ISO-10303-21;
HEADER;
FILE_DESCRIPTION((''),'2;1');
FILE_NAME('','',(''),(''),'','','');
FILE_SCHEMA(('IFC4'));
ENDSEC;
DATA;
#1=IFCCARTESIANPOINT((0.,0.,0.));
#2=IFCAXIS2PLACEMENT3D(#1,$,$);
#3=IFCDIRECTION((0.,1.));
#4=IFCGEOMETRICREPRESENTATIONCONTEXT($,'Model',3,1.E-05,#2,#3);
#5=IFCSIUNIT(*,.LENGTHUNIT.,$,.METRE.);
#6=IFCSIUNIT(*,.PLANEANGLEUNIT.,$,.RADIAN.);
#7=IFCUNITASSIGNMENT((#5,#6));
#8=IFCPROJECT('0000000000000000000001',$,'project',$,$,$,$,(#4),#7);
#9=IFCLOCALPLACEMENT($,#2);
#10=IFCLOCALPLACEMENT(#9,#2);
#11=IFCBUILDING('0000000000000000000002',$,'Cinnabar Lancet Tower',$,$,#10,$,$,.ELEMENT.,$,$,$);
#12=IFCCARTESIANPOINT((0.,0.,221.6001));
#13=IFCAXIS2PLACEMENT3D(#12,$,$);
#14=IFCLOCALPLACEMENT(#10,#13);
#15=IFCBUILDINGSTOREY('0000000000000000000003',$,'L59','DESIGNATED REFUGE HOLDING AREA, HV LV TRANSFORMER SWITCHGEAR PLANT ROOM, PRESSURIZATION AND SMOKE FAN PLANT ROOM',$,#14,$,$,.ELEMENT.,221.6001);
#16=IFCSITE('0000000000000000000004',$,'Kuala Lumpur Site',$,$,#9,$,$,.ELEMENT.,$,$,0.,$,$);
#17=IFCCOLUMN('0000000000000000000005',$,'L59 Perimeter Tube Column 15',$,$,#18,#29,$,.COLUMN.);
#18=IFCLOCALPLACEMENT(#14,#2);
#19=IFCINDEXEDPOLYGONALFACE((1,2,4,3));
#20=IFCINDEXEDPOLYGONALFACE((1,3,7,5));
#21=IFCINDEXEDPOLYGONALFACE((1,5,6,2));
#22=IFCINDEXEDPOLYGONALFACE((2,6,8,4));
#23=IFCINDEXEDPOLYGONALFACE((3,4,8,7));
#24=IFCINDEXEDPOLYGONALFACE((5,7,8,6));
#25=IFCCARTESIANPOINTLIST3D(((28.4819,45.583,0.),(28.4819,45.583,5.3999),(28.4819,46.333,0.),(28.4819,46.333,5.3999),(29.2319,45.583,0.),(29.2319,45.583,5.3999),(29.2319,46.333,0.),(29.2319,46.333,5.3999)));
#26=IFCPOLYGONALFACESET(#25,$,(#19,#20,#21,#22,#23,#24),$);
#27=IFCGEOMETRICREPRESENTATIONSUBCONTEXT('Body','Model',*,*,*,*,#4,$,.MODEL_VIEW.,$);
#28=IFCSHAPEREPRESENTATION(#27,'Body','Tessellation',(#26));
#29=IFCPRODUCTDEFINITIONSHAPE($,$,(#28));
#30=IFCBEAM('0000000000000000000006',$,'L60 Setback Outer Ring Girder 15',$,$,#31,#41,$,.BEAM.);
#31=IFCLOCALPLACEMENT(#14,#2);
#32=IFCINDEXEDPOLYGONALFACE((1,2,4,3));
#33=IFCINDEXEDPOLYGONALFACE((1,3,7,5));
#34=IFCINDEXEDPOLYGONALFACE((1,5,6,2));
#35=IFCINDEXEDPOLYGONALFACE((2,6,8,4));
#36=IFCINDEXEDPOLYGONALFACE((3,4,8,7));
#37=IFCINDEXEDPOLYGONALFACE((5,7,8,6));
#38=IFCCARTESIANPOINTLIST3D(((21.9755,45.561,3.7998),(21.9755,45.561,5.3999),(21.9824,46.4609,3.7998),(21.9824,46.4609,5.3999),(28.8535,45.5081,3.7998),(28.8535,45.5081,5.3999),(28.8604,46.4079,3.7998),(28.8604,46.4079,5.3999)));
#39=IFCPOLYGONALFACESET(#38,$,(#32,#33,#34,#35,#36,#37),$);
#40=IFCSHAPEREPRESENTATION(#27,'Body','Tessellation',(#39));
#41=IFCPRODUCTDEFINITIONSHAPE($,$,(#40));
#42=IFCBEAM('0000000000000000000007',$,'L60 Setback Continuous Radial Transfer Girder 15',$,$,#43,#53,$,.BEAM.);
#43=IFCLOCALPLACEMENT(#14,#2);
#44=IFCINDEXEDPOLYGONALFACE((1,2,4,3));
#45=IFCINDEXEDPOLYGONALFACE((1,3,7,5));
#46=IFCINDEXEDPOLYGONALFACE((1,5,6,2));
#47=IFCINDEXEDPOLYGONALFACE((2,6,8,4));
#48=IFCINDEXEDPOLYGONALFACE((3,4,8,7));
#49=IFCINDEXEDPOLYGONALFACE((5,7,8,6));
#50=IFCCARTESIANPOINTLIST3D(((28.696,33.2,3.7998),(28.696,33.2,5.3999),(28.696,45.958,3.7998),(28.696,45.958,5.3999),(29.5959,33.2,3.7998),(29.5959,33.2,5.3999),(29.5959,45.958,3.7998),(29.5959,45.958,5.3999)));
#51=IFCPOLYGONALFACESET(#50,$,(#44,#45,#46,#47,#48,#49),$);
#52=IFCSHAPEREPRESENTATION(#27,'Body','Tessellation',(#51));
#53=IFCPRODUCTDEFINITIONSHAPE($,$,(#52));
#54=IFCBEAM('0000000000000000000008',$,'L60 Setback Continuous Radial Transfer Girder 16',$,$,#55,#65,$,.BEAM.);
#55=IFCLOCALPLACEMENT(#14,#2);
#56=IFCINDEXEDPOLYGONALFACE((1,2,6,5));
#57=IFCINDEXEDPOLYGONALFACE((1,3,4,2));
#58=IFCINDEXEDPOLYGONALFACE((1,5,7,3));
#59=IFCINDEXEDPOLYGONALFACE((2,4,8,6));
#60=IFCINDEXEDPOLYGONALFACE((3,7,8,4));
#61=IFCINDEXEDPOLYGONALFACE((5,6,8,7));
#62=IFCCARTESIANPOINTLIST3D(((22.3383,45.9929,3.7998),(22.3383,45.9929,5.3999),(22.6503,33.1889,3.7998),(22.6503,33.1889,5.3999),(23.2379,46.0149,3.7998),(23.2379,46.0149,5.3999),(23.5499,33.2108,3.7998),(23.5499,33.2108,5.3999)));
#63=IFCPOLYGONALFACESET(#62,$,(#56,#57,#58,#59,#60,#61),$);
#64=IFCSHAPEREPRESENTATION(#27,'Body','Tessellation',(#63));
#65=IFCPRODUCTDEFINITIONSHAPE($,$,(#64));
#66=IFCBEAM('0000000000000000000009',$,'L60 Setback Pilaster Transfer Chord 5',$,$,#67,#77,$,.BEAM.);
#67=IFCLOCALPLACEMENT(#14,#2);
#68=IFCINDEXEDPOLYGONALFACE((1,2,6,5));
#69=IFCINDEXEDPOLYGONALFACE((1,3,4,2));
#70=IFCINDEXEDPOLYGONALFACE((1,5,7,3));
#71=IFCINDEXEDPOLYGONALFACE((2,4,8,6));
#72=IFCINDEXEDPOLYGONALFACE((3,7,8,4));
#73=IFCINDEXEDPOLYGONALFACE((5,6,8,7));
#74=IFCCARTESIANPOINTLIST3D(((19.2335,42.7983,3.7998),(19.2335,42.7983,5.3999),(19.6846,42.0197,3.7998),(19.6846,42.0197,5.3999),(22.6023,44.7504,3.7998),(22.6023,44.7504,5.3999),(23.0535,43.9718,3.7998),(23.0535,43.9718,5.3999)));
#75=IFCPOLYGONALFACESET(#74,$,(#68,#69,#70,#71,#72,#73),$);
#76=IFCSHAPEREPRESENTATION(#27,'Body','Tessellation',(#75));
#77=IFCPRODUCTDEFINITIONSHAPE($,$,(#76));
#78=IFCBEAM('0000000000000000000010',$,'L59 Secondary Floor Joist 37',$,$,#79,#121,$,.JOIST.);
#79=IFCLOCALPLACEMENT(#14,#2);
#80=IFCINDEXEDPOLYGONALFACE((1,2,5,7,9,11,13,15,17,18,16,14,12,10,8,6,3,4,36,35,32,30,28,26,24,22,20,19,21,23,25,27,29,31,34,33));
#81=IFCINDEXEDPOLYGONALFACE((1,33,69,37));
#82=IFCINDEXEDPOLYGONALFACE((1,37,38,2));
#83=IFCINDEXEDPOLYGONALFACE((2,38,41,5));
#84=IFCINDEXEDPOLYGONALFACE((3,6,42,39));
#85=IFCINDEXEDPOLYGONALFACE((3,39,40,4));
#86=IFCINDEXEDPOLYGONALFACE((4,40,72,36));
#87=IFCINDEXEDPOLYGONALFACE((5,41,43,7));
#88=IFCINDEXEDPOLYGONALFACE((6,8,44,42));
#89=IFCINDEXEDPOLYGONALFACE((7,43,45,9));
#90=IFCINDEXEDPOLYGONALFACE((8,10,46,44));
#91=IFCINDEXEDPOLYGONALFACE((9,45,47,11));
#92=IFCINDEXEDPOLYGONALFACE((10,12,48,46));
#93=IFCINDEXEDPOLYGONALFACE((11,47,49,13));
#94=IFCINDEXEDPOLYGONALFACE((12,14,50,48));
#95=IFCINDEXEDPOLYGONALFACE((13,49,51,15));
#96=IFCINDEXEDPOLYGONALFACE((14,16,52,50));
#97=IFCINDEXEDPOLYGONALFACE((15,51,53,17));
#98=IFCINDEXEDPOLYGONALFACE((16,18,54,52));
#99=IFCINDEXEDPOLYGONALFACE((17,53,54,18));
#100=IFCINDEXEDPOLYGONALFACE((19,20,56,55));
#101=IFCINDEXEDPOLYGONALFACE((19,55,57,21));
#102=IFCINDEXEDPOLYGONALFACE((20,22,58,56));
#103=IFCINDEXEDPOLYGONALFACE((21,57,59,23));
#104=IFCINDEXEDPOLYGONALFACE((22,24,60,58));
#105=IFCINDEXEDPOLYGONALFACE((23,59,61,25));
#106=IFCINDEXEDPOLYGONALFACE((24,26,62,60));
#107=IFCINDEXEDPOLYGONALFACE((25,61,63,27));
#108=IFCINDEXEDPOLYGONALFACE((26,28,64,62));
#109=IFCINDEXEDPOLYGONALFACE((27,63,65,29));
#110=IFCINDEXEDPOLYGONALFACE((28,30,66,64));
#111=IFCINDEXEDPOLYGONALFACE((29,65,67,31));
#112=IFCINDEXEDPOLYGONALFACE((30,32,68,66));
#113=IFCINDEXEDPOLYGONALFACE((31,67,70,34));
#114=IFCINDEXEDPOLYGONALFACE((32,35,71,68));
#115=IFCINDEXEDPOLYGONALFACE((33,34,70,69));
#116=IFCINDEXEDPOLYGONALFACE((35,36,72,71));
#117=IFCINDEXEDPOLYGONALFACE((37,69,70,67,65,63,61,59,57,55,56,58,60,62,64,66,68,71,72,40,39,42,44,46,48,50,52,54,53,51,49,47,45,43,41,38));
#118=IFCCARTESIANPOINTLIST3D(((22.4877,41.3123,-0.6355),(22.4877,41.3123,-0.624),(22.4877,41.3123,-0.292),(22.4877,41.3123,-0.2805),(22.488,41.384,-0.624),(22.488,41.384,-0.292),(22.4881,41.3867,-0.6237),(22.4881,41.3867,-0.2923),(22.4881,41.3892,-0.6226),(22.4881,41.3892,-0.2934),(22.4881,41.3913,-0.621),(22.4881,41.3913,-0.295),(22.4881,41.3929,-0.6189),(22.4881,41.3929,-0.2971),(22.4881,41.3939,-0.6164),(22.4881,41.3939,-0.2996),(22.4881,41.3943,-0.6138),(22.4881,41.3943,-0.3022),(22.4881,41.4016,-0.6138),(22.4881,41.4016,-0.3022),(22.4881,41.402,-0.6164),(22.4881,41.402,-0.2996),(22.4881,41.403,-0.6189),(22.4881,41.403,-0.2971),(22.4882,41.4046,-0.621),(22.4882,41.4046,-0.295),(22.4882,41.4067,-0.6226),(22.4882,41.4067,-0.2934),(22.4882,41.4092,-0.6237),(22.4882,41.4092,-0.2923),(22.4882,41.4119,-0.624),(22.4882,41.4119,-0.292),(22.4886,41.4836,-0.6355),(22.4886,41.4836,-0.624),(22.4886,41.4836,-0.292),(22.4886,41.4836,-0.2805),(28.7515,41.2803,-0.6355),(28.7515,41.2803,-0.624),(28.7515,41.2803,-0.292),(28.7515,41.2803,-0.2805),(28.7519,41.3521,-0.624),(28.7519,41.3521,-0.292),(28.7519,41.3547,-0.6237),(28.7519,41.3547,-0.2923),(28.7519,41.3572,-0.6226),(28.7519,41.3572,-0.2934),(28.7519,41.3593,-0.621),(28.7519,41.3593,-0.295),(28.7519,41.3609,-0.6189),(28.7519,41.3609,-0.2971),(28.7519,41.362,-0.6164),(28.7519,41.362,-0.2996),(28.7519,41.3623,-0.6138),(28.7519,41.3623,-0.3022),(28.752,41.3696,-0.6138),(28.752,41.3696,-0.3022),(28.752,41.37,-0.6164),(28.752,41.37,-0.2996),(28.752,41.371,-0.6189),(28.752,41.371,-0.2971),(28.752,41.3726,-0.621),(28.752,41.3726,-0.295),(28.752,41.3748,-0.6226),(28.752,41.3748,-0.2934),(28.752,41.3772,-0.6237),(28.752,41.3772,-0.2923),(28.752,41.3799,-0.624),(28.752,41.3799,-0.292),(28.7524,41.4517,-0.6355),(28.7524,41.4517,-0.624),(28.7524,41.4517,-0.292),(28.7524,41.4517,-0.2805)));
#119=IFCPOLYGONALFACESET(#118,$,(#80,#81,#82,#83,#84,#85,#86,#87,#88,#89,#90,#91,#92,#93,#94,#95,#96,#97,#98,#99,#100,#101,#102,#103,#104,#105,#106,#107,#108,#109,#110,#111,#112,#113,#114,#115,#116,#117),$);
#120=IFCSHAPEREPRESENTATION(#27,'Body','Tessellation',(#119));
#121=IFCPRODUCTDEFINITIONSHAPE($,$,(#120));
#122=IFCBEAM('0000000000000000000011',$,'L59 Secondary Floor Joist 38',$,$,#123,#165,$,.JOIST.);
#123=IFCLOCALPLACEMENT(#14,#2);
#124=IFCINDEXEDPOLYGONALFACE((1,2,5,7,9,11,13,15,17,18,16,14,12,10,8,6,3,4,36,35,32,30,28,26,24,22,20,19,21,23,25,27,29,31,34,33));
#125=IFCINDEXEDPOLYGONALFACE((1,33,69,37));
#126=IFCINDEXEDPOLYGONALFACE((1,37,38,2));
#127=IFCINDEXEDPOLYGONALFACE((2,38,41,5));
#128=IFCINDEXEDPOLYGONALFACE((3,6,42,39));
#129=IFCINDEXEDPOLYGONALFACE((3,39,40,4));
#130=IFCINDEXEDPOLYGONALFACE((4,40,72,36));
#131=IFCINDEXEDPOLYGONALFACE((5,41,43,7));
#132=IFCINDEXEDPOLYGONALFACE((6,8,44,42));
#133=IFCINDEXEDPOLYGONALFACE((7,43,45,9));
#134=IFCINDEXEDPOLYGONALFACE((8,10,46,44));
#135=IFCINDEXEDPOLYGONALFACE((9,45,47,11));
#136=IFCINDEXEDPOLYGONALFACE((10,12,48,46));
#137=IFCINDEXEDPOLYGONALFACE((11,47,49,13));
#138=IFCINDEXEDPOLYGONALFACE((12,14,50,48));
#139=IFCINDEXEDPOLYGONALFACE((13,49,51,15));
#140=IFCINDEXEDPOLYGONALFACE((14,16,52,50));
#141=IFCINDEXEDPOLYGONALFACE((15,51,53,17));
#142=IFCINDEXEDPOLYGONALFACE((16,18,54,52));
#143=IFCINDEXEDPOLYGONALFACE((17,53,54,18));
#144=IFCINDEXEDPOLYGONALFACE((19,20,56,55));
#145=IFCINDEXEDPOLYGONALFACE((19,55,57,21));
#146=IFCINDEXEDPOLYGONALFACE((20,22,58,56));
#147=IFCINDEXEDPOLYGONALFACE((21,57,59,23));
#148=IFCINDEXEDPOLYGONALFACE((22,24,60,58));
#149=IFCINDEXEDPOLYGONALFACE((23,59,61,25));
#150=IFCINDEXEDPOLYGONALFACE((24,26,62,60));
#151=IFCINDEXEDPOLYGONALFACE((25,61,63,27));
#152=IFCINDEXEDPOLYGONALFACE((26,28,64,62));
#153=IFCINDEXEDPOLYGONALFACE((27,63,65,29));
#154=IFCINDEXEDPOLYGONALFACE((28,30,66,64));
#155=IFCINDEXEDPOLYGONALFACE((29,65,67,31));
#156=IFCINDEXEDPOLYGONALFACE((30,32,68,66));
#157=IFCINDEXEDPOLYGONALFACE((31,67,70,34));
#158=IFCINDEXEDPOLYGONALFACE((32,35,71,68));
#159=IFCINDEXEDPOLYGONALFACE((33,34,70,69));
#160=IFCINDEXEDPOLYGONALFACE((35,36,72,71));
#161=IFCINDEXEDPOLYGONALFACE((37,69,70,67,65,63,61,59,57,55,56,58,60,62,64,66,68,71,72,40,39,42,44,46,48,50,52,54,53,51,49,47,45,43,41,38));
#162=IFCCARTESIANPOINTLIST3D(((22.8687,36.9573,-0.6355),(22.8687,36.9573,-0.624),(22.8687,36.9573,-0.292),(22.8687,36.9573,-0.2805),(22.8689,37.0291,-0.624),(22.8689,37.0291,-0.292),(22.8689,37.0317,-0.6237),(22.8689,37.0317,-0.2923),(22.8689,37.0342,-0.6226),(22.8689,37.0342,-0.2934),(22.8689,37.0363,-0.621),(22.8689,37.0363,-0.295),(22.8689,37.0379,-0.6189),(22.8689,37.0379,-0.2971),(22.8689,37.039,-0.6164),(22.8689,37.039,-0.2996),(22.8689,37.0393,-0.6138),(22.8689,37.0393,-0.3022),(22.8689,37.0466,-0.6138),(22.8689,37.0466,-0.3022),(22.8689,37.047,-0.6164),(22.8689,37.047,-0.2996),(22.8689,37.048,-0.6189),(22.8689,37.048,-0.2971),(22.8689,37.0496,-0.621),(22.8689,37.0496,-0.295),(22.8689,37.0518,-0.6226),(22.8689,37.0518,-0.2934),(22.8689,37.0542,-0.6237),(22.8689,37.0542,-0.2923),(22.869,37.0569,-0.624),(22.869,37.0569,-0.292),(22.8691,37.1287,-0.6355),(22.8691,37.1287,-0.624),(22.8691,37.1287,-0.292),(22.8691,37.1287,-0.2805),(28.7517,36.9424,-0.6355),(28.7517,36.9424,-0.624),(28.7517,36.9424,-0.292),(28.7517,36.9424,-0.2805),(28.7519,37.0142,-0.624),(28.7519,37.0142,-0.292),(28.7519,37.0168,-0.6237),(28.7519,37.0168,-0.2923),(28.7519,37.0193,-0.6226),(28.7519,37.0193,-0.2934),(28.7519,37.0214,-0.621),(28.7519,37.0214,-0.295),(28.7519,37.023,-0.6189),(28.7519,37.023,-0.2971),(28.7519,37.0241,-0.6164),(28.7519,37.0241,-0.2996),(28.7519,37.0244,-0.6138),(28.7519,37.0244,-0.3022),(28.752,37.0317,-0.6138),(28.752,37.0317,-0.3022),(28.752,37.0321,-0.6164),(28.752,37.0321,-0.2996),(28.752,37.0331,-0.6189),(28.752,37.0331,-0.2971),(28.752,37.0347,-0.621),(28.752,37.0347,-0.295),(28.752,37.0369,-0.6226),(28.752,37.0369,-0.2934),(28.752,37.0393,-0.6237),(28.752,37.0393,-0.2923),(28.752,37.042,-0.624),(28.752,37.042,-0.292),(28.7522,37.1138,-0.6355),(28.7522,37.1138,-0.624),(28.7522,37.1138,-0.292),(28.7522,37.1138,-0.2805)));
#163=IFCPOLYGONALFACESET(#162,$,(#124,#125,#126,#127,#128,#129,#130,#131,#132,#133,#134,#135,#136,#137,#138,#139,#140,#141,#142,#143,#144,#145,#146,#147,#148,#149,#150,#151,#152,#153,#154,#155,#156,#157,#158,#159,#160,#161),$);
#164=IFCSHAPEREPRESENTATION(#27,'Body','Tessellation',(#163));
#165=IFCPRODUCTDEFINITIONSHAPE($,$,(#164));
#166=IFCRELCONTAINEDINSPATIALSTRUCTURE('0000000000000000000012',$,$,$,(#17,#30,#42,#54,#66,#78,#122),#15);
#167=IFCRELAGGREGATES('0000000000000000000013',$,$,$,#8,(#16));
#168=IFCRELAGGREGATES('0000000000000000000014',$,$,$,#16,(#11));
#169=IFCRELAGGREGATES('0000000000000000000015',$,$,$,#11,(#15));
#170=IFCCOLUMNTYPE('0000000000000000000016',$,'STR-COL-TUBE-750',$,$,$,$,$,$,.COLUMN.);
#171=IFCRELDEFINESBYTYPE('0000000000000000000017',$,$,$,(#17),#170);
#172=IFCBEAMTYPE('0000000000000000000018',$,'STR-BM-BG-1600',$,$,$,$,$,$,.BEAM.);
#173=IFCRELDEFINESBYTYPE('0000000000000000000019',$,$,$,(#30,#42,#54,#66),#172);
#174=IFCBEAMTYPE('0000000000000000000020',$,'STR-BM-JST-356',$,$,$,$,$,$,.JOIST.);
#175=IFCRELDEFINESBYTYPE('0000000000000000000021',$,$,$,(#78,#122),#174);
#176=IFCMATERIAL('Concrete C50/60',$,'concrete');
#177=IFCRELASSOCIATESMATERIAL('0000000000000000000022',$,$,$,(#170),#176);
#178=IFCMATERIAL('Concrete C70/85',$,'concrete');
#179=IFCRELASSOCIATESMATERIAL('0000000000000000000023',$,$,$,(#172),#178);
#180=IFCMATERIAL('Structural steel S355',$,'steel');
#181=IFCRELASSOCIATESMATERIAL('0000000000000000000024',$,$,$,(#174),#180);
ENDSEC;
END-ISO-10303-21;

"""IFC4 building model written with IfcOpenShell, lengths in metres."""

from ifc_helpers import new_model, si_unit, direction, frame, origin, origin_2d, place, context, subcontext, project, spatial, rectangle, i_section, extrude, material, material_profile, profile_set, type_object, element, save


model = new_model("IFC4")

# Units and contexts
model_context = context("Model", 3, precision=1e-05, world=origin(), true_north=direction((0.0, 1.0)))
body_context = subcontext(model_context, "Body", "Model", "MODEL_VIEW")
ifc_project = project(units=[si_unit("LENGTHUNIT", "METRE"), si_unit("PLANEANGLEUNIT", "RADIAN")], contexts=[model_context])

# Site, building, storey
site_placement = place(None, origin())
site = spatial("IfcSite", under=ifc_project, at=site_placement, Name="Kuala Lumpur Site", CompositionType="ELEMENT", RefElevation=0.0)
building_placement = place(site_placement, origin())
building = spatial("IfcBuilding", under=site, at=building_placement, Name="Cinnabar Lancet Tower", CompositionType="ELEMENT")
storey_placement = place(building_placement, frame((0.0, 0.0, 221.6001)))
storey = spatial("IfcBuildingStorey", under=building, at=storey_placement, Name="L59", Description="DESIGNATED REFUGE HOLDING AREA, HV LV TRANSFORMER SWITCHGEAR PLANT ROOM, PRESSURIZATION AND SMOKE FAN PLANT ROOM", CompositionType="ELEMENT", Elevation=221.6001)

# Column
ifc_material_1 = material(Name="Concrete C50/60", Category="concrete")
ifc_material_profile_1 = material_profile(ifc_material_1, rectangle(XDim=0.75, YDim=0.75, at=origin_2d()), Name="RC-COL 750x750")
ifc_profile_set_1 = profile_set([ifc_material_profile_1], Name="Concrete C50/60")
column_type = type_object("IfcColumnType", Name="STR-COL-TUBE-750", PredefinedType="COLUMN", material=ifc_profile_set_1)
column_placement = place(storey_placement, frame((28.8569, 45.958, 0.0), z_axis=(0.0, 0.0, 1.0), x_axis=(1.0, 0.0, 0.0)))
element("IfcColumn", 1, at=column_placement, inside=storey, type_object=column_type, Name="L59 Perimeter Tube Column 15", PredefinedType="COLUMN", context=body_context, shape_type="SweptSolid", body=[
    extrude(rectangle(XDim=0.75, YDim=0.75, at=origin_2d()), origin(), (0.0, 0.0, 1.0), 5.3999),
])

# Beams
ifc_material_2 = material(Name="Concrete C70/85", Category="concrete")
ifc_material_profile_2 = material_profile(ifc_material_2, rectangle(XDim=0.8999, YDim=1.6001, at=origin_2d()), Name="RC-BG 900x1600")
ifc_profile_set_2 = profile_set([ifc_material_profile_2], Name="Concrete C70/85")
beam_type_1 = type_object("IfcBeamType", Name="STR-BM-BG-1600", PredefinedType="BEAM", material=ifc_profile_set_2)
beam_1_placement = place(storey_placement, frame((28.8569, 45.958, 4.5999), z_axis=(-0.99997, 0.007702, 0.0), x_axis=(-0.007702, -0.99997, 0.0)))
element("IfcBeam", 2, at=beam_1_placement, inside=storey, type_object=beam_type_1, Name="L60 Setback Outer Ring Girder 15", PredefinedType="BEAM", context=body_context, shape_type="SweptSolid", body=[
    extrude(rectangle(XDim=0.8999, YDim=1.6001, at=origin_2d()), origin(), (0.0, 0.0, 1.0), 6.8782),
])
beam_2_placement = place(storey_placement, frame((29.146, 45.958, 4.5999), z_axis=(0.0, -1.0, 0.0), x_axis=(1.0, 0.0, 0.0)))
element("IfcBeam", 3, at=beam_2_placement, inside=storey, type_object=beam_type_1, Name="L60 Setback Continuous Radial Transfer Girder 15", PredefinedType="BEAM", context=body_context, shape_type="SweptSolid", body=[
    extrude(rectangle(XDim=0.8999, YDim=1.6001, at=origin_2d()), origin(), (0.0, 0.0, 1.0), 12.7581),
])
beam_3_placement = place(storey_placement, frame((22.7881, 46.0039, 4.5999), z_axis=(0.024361, -0.999703, 0.0), x_axis=(0.999703, 0.024361, 0.0)))
element("IfcBeam", 4, at=beam_3_placement, inside=storey, type_object=beam_type_1, Name="L60 Setback Continuous Radial Transfer Girder 16", PredefinedType="BEAM", context=body_context, shape_type="SweptSolid", body=[
    extrude(rectangle(XDim=0.8999, YDim=1.6001, at=origin_2d()), origin(), (0.0, 0.0, 1.0), 12.8079),
])
beam_4_placement = place(storey_placement, frame((22.8279, 44.3611, 4.5999), z_axis=(-0.865233, -0.50137, 0.0), x_axis=(0.50137, -0.865233, 0.0)))
element("IfcBeam", 5, at=beam_4_placement, inside=storey, type_object=beam_type_1, Name="L60 Setback Pilaster Transfer Chord 5", PredefinedType="BEAM", context=body_context, shape_type="SweptSolid", body=[
    extrude(rectangle(XDim=0.8999, YDim=1.6001, at=origin_2d()), origin(), (0.0, 0.0, 1.0), 3.8936),
])
ifc_material_3 = material(Name="Structural steel S355", Category="steel")
ifc_material_profile_3 = material_profile(ifc_material_3, i_section(OverallWidth=0.1714, OverallDepth=0.355, WebThickness=0.0073, FlangeThickness=0.0115, FilletRadius=0.0103, at=origin_2d()), Name="UKB 356x171x51")
ifc_profile_set_3 = profile_set([ifc_material_profile_3], Name="Structural steel S355")
beam_type_2 = type_object("IfcBeamType", Name="STR-BM-JST-356", PredefinedType="JOIST", material=ifc_profile_set_3)
beam_5_placement = place(storey_placement, frame((28.752, 41.366, -0.458), z_axis=(-0.999987, 0.005106, 0.0), x_axis=(-0.005106, -0.999987, 0.0)))
element("IfcBeam", 6, at=beam_5_placement, inside=storey, type_object=beam_type_2, Name="L59 Secondary Floor Joist 37", PredefinedType="JOIST", context=body_context, shape_type="SweptSolid", body=[
    extrude(i_section(OverallWidth=0.1714, OverallDepth=0.355, WebThickness=0.0073, FlangeThickness=0.0115, FilletRadius=0.0103, at=origin_2d()), origin(), (0.0, 0.0, 1.0), 6.2639),
])
beam_6_placement = place(storey_placement, frame((28.752, 37.0281, -0.458), z_axis=(-0.999997, 0.002531, 0.0), x_axis=(-0.002531, -0.999997, 0.0)))
element("IfcBeam", 7, at=beam_6_placement, inside=storey, type_object=beam_type_2, Name="L59 Secondary Floor Joist 38", PredefinedType="JOIST", context=body_context, shape_type="SweptSolid", body=[
    extrude(i_section(OverallWidth=0.1714, OverallDepth=0.355, WebThickness=0.0073, FlangeThickness=0.0115, FilletRadius=0.0103, at=origin_2d()), origin(), (0.0, 0.0, 1.0), 5.8831),
])

save(model, "model.ifc")
